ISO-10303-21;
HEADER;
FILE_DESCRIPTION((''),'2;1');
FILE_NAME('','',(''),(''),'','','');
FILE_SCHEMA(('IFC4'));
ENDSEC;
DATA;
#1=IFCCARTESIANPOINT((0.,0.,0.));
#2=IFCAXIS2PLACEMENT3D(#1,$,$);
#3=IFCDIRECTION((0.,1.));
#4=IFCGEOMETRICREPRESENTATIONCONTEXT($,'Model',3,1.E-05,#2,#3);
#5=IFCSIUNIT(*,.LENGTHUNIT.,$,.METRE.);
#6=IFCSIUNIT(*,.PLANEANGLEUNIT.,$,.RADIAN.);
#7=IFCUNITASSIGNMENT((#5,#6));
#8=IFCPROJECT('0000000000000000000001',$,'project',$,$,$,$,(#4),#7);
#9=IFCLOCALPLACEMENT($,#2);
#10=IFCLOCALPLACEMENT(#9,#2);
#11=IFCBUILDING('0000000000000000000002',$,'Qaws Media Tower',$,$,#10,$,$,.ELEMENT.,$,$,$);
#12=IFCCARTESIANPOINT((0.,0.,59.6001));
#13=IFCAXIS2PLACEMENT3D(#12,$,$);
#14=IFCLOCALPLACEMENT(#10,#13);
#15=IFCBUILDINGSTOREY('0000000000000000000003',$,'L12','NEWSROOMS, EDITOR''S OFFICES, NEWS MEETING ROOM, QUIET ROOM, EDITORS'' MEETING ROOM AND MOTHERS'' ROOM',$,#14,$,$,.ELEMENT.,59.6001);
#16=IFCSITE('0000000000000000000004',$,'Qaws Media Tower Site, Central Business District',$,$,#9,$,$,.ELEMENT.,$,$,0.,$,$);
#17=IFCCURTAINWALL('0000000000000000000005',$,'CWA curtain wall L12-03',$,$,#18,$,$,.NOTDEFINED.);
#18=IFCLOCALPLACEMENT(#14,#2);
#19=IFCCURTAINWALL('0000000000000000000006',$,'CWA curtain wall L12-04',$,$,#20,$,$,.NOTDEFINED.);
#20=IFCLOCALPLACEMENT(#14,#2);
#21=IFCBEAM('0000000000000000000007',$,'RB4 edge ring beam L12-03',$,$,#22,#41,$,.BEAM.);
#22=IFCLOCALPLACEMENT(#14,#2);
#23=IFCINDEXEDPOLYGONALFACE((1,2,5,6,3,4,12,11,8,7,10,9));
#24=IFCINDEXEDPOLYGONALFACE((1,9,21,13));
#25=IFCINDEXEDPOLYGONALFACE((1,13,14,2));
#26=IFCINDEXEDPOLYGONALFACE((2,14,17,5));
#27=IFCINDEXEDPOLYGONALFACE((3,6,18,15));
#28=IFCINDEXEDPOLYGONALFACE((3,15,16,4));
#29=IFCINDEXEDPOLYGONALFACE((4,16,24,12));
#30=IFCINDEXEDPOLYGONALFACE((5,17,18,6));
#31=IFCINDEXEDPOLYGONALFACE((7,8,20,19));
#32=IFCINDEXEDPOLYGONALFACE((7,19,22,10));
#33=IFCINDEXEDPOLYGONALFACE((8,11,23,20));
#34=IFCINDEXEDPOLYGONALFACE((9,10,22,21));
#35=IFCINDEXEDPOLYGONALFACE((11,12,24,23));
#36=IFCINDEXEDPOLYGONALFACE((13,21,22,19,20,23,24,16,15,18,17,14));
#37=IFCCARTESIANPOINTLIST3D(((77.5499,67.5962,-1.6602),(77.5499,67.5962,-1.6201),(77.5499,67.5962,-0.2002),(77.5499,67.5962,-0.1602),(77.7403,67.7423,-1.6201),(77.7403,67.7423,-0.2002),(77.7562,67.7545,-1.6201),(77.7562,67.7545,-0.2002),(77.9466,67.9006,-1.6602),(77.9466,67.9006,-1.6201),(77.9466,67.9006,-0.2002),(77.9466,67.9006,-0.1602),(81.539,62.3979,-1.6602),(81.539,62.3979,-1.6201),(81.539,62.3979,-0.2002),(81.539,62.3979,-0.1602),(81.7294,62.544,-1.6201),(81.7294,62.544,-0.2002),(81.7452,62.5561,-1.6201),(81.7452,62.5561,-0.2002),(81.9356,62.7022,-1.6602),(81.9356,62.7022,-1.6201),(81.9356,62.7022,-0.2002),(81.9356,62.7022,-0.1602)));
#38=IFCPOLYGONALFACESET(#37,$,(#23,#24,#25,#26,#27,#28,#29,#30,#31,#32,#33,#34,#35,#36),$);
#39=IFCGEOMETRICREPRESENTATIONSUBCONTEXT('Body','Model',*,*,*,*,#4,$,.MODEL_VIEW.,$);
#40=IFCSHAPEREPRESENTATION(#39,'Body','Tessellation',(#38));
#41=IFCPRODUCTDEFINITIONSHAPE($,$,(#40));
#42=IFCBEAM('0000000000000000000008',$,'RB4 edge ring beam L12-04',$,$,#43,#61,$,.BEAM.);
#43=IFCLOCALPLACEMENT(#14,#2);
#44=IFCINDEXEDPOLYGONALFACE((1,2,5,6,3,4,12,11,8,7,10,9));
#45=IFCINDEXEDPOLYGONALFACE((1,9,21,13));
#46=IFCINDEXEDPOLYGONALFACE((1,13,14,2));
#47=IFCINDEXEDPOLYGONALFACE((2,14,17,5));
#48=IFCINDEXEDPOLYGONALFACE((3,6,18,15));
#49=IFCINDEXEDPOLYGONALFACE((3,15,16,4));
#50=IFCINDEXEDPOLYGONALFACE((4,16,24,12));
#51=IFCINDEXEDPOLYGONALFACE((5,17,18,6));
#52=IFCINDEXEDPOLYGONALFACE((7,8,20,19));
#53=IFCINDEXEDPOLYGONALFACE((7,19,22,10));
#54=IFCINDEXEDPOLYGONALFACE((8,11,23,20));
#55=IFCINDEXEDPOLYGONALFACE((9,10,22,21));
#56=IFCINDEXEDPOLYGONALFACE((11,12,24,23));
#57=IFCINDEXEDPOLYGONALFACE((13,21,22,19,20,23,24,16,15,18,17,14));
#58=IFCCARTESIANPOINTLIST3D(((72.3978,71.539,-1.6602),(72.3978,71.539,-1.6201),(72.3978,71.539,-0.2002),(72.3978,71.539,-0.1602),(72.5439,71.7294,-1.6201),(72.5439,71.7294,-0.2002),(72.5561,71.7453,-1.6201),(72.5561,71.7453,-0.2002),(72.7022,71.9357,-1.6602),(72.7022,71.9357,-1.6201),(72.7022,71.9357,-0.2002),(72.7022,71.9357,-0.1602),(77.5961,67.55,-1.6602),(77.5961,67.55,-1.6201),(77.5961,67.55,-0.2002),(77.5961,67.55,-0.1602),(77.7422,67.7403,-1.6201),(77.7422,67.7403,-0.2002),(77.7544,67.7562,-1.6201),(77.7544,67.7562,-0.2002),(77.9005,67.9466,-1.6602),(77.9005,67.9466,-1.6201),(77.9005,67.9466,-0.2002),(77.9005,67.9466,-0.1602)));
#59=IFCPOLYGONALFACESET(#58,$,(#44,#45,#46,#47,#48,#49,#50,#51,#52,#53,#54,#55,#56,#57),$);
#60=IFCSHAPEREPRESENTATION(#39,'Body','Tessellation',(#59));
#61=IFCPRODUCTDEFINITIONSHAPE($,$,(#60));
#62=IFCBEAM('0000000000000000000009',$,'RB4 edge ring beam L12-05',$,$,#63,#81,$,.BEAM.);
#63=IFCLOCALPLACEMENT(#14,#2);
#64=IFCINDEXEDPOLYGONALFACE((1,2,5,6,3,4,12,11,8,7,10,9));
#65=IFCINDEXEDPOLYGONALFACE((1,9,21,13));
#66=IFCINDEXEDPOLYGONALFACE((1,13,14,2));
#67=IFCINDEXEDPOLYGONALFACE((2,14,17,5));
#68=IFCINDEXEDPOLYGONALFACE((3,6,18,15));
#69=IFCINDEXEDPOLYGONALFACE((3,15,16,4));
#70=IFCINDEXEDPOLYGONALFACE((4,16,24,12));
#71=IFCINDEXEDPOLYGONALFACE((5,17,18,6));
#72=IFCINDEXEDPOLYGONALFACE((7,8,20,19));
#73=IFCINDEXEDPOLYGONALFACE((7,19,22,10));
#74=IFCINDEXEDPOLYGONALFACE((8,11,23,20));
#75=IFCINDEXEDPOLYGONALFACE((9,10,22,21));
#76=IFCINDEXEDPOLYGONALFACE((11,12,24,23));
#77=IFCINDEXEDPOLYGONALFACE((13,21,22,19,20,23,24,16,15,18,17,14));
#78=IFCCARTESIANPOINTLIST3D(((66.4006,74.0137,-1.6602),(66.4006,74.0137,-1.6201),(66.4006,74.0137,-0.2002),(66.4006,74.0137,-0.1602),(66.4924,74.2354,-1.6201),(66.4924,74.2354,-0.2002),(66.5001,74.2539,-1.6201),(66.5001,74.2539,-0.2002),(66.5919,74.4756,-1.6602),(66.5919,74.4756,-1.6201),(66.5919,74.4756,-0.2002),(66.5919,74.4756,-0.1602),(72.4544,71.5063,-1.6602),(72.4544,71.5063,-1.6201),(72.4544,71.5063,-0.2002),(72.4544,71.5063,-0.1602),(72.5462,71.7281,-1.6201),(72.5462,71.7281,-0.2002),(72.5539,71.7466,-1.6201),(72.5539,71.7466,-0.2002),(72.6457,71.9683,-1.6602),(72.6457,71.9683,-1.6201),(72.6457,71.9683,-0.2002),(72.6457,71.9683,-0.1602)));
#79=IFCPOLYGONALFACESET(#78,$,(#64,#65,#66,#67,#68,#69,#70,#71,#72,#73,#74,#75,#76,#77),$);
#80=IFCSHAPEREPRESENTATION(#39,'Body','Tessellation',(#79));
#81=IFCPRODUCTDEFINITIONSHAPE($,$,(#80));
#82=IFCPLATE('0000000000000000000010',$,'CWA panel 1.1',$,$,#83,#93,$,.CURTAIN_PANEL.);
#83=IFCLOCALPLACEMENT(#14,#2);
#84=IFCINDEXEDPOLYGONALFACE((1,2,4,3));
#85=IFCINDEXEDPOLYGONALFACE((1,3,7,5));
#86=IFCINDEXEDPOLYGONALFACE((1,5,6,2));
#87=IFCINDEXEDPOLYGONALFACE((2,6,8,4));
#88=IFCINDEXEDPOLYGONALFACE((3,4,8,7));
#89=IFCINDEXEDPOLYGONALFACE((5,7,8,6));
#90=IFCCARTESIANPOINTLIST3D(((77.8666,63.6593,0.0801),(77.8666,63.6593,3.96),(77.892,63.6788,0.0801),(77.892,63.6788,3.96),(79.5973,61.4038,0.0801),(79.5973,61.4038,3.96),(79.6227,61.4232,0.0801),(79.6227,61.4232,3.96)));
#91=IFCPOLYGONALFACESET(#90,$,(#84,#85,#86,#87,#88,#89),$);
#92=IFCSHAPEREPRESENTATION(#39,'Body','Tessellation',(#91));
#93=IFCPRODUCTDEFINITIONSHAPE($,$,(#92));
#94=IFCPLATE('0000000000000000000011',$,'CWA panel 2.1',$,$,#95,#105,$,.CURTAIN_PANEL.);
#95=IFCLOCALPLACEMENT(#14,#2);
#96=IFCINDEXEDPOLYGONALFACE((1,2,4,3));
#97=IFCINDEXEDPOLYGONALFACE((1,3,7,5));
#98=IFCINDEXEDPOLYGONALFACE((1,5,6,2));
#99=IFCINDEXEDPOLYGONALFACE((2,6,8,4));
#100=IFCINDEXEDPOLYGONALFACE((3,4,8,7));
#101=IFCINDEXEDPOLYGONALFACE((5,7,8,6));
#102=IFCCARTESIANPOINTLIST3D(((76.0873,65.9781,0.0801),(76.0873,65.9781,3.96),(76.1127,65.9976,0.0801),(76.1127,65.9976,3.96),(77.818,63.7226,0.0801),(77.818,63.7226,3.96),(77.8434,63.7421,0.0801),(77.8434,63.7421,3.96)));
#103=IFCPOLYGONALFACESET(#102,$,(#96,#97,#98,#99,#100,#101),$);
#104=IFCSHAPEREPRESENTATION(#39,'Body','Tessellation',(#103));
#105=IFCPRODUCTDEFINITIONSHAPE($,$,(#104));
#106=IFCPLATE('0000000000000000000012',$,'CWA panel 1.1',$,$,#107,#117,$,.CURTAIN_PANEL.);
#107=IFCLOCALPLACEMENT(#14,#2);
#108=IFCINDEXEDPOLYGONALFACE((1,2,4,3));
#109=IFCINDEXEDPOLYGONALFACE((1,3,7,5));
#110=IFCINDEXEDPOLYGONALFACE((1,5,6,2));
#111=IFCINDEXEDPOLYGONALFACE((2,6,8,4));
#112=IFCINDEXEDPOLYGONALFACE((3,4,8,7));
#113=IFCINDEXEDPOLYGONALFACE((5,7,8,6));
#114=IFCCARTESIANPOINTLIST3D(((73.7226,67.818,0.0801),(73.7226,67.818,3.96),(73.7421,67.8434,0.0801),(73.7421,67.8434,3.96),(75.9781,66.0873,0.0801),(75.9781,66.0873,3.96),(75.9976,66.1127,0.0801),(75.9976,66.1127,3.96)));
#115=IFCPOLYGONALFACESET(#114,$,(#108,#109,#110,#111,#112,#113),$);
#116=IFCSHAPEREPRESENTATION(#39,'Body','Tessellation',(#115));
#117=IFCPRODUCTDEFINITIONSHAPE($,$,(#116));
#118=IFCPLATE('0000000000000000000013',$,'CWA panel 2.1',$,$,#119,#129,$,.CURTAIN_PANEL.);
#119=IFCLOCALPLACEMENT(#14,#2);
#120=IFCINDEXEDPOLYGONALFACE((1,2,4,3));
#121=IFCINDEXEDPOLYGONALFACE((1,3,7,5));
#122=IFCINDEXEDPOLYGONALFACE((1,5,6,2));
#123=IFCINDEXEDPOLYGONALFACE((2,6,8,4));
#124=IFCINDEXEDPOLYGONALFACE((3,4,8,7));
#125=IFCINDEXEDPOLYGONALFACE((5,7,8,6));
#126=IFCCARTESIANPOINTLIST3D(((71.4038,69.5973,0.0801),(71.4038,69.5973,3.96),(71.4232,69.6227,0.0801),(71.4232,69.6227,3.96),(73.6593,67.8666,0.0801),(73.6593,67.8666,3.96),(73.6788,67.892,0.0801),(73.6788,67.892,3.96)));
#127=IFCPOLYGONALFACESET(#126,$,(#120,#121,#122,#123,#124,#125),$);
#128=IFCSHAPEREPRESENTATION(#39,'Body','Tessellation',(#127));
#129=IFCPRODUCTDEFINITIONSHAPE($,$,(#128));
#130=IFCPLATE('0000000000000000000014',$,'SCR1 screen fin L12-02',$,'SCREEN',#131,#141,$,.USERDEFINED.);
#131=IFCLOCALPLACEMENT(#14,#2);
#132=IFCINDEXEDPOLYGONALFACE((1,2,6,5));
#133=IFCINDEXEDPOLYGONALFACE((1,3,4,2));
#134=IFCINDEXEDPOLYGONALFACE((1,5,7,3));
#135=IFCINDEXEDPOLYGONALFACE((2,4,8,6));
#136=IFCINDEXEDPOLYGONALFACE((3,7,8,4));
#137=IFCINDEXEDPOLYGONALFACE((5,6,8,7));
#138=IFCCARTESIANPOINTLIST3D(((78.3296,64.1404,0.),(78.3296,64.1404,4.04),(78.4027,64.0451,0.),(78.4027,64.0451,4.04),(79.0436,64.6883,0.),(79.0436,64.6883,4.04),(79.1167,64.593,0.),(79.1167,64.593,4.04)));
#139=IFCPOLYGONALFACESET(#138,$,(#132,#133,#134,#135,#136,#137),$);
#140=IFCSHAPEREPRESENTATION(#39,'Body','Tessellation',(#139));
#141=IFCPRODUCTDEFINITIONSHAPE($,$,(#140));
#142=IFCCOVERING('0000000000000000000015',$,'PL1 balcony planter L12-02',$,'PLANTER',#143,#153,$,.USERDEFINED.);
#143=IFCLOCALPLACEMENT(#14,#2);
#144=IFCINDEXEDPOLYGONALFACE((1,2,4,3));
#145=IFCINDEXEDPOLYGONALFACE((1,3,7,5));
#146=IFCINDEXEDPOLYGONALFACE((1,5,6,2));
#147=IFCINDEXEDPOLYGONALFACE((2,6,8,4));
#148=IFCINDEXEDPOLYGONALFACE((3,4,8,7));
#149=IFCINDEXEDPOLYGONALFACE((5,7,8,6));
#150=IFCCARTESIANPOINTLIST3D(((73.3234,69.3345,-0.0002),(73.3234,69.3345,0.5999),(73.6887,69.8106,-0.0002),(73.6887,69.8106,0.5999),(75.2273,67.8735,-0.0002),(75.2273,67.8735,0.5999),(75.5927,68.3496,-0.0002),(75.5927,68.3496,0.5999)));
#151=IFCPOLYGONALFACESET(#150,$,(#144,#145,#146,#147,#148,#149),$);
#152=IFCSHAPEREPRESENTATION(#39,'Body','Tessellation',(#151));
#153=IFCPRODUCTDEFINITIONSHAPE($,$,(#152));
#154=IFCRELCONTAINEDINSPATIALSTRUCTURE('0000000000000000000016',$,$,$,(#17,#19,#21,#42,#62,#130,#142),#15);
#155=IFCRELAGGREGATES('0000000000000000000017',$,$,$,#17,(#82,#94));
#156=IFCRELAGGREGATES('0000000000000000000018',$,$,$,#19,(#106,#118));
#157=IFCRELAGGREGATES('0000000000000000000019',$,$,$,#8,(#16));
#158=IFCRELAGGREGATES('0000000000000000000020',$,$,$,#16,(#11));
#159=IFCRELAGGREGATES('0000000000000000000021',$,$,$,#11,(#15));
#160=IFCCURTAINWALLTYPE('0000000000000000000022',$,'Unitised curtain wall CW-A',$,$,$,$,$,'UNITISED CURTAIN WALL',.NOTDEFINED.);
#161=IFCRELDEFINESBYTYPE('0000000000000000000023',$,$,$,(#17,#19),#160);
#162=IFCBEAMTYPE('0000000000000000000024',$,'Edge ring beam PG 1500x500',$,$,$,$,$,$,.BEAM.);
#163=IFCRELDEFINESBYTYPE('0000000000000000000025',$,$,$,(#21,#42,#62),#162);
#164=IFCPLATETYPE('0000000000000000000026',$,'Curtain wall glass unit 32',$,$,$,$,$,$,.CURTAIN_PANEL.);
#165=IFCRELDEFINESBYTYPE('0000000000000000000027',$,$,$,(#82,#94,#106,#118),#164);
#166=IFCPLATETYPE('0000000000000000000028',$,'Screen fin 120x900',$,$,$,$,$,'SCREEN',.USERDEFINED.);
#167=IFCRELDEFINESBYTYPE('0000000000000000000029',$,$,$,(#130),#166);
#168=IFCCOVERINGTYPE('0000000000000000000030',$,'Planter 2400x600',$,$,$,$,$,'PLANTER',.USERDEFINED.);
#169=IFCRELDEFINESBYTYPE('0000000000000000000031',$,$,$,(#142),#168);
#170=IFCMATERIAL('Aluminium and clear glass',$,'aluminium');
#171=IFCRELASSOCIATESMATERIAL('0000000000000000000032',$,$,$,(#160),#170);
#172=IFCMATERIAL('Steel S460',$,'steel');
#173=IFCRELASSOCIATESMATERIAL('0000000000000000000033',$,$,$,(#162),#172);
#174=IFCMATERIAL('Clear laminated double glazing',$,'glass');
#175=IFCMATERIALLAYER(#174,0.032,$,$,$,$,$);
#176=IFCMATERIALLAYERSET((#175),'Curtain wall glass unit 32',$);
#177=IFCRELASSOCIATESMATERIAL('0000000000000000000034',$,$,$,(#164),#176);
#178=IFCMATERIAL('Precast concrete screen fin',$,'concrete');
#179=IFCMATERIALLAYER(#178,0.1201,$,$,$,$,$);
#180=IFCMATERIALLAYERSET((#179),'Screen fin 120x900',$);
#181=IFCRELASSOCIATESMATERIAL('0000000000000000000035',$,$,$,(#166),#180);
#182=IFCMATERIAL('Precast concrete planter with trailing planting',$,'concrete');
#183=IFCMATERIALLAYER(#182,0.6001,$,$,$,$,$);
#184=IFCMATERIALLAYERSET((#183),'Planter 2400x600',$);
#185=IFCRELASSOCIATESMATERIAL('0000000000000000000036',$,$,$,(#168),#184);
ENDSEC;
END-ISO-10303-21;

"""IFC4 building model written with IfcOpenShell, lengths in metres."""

from ifc_helpers import new_model, si_unit, direction, frame, origin, origin_2d, place, context, subcontext, project, spatial, rectangle, i_section, extrude, material, layer, layer_set, material_profile, profile_set, type_object, element, aggregate, save


model = new_model("IFC4")

# Units and contexts
model_context = context("Model", 3, precision=1e-05, world=origin(), true_north=direction((0.0, 1.0)))
body_context = subcontext(model_context, "Body", "Model", "MODEL_VIEW")
ifc_project = project(units=[si_unit("LENGTHUNIT", "METRE"), si_unit("PLANEANGLEUNIT", "RADIAN")], contexts=[model_context])

# Site, building, storey
site_placement = place(None, origin())
site = spatial("IfcSite", under=ifc_project, at=site_placement, Name="Qaws Media Tower Site, Central Business District", CompositionType="ELEMENT", RefElevation=0.0)
building_placement = place(site_placement, origin())
building = spatial("IfcBuilding", under=site, at=building_placement, Name="Qaws Media Tower", CompositionType="ELEMENT")
storey_placement = place(building_placement, frame((0.0, 0.0, 59.6001)))
storey = spatial("IfcBuildingStorey", under=building, at=storey_placement, Name="L12", Description="NEWSROOMS, EDITOR'S OFFICES, NEWS MEETING ROOM, QUIET ROOM, EDITORS' MEETING ROOM AND MOTHERS' ROOM", CompositionType="ELEMENT", Elevation=59.6001)

# Shared definitions
ifc_material_1 = material(Name="Aluminium and clear glass", Category="aluminium")
curtain_wall_type = type_object("IfcCurtainWallType", Name="Unitised curtain wall CW-A", ElementType="UNITISED CURTAIN WALL", PredefinedType="NOTDEFINED", material=ifc_material_1)

# Curtain walls
curtain_wall_1_placement = place(storey_placement, origin())
curtain_wall_1 = element("IfcCurtainWall", 1, at=curtain_wall_1_placement, inside=storey, type_object=curtain_wall_type, Name="CWA curtain wall L12-03", PredefinedType="NOTDEFINED")
curtain_wall_2_placement = place(storey_placement, origin())
curtain_wall_2 = element("IfcCurtainWall", 2, at=curtain_wall_2_placement, inside=storey, type_object=curtain_wall_type, Name="CWA curtain wall L12-04", PredefinedType="NOTDEFINED")

# Beams
ifc_material_2 = material(Name="Steel S460", Category="steel")
ifc_material_profile_1 = material_profile(ifc_material_2, i_section(OverallWidth=0.5, OverallDepth=1.5, WebThickness=0.02, FlangeThickness=0.04, at=origin_2d()), Name="PG 1500x500")
ifc_profile_set_1 = profile_set([ifc_material_profile_1], Name="Steel S460")
beam_type = type_object("IfcBeamType", Name="Edge ring beam PG 1500x500", PredefinedType="BEAM", material=ifc_profile_set_1)
for number, where, z_axis, x_axis, name in (
    (3, (81.7373, 62.55, -0.9102), (-0.608787, 0.793334, 0.0), (-0.793334, -0.608787, 0.0), "RB4 edge ring beam L12-03"),
    (4, (77.7483, 67.7483, -0.9102), (-0.793334, 0.608787, 0.0), (-0.608787, -0.793334, 0.0), "RB4 edge ring beam L12-04"),
    (5, (72.55, 71.7373, -0.9102), (-0.923891, 0.382657, 0.0), (-0.382657, -0.923891, 0.0), "RB4 edge ring beam L12-05"),
):
    element("IfcBeam", number, at=place(storey_placement, frame(where, z_axis=z_axis, x_axis=x_axis)), inside=storey, type_object=beam_type, Name=name, PredefinedType="BEAM", context=body_context, shape_type="SweptSolid", body=[
        extrude(i_section(OverallWidth=0.5, OverallDepth=1.5, WebThickness=0.02, FlangeThickness=0.04, at=origin_2d()), origin(), (0.0, 0.0, 1.0), 6.5525),
    ])

# Plates
ifc_material_3 = material(Name="Clear laminated double glazing", Category="glass")
ifc_layer_1 = layer(ifc_material_3, 0.032)
ifc_layer_set_1 = layer_set([ifc_layer_1], Name="Curtain wall glass unit 32")
plate_type_1 = type_object("IfcPlateType", Name="Curtain wall glass unit 32", PredefinedType="CURTAIN_PANEL", material=ifc_layer_set_1)
plate_1_placement = place(storey_placement, frame((78.7446, 62.5413, 0.0801), z_axis=(0.0, 0.0, 1.0), x_axis=(-0.608761, 0.793353, 0.0)))
plate_1 = element("IfcPlate", 6, at=plate_1_placement, type_object=plate_type_1, Name="CWA panel 1.1", PredefinedType="CURTAIN_PANEL", context=body_context, shape_type="SweptSolid", body=[
    extrude(rectangle(XDim=2.843, YDim=0.032, at=origin_2d()), origin(), (0.0, 0.0, 1.0), 3.8799),
])
plate_2_placement = place(storey_placement, frame((76.9653, 64.8601, 0.0801), z_axis=(0.0, 0.0, 1.0), x_axis=(-0.608761, 0.793353, 0.0)))
plate_2 = element("IfcPlate", 7, at=plate_2_placement, type_object=plate_type_1, Name="CWA panel 2.1", PredefinedType="CURTAIN_PANEL", context=body_context, shape_type="SweptSolid", body=[
    extrude(rectangle(XDim=2.843, YDim=0.032, at=origin_2d()), origin(), (0.0, 0.0, 1.0), 3.8799),
])
aggregate(curtain_wall_1, [plate_1, plate_2])
plate_3_placement = place(storey_placement, frame((74.8601, 66.9653, 0.0801), z_axis=(0.0, 0.0, 1.0), x_axis=(-0.793353, 0.608761, 0.0)))
plate_3 = element("IfcPlate", 8, at=plate_3_placement, type_object=plate_type_1, Name="CWA panel 1.1", PredefinedType="CURTAIN_PANEL", context=body_context, shape_type="SweptSolid", body=[
    extrude(rectangle(XDim=2.843, YDim=0.032, at=origin_2d()), origin(), (0.0, 0.0, 1.0), 3.8799),
])
plate_4_placement = place(storey_placement, frame((72.5413, 68.7446, 0.0801), z_axis=(0.0, 0.0, 1.0), x_axis=(-0.793353, 0.608761, 0.0)))
plate_4 = element("IfcPlate", 9, at=plate_4_placement, type_object=plate_type_1, Name="CWA panel 2.1", PredefinedType="CURTAIN_PANEL", context=body_context, shape_type="SweptSolid", body=[
    extrude(rectangle(XDim=2.843, YDim=0.032, at=origin_2d()), origin(), (0.0, 0.0, 1.0), 3.8799),
])
aggregate(curtain_wall_2, [plate_3, plate_4])
ifc_material_4 = material(Name="Precast concrete screen fin", Category="concrete")
ifc_layer_2 = layer(ifc_material_4, 0.1201)
ifc_layer_set_2 = layer_set([ifc_layer_2], Name="Screen fin 120x900")
plate_type_2 = type_object("IfcPlateType", Name="Screen fin 120x900", ElementType="SCREEN", PredefinedType="USERDEFINED", material=ifc_layer_set_2)
plate_5_placement = place(storey_placement, frame((78.7231, 64.3667, 0.0), z_axis=(0.0, 0.0, 1.0), x_axis=(0.793353, 0.608761, 0.0)))
element("IfcPlate", 10, at=plate_5_placement, inside=storey, type_object=plate_type_2, Name="SCR1 screen fin L12-02", ObjectType="SCREEN", PredefinedType="USERDEFINED", context=body_context, shape_type="SweptSolid", body=[
    extrude(rectangle(XDim=0.8999, YDim=0.1201, at=origin_2d()), origin(), (0.0, 0.0, 1.0), 4.04),
])

# Covering
ifc_material_5 = material(Name="Precast concrete planter with trailing planting", Category="concrete")
ifc_layer_3 = layer(ifc_material_5, 0.6001)
ifc_layer_set_3 = layer_set([ifc_layer_3], Name="Planter 2400x600")
covering_type = type_object("IfcCoveringType", Name="Planter 2400x600", ElementType="PLANTER", PredefinedType="USERDEFINED", material=ifc_layer_set_3)
covering_placement = place(storey_placement, frame((74.458, 68.842, -0.0002), z_axis=(0.0, 0.0, 1.0), x_axis=(-0.793353, 0.608761, 0.0)))
element("IfcCovering", 11, at=covering_placement, inside=storey, type_object=covering_type, Name="PL1 balcony planter L12-02", ObjectType="PLANTER", PredefinedType="USERDEFINED", context=body_context, shape_type="SweptSolid", body=[
    extrude(rectangle(XDim=2.3999, YDim=0.6001, at=origin_2d()), origin(), (0.0, 0.0, 1.0), 0.6001),
])

save(model, "model.ifc")
